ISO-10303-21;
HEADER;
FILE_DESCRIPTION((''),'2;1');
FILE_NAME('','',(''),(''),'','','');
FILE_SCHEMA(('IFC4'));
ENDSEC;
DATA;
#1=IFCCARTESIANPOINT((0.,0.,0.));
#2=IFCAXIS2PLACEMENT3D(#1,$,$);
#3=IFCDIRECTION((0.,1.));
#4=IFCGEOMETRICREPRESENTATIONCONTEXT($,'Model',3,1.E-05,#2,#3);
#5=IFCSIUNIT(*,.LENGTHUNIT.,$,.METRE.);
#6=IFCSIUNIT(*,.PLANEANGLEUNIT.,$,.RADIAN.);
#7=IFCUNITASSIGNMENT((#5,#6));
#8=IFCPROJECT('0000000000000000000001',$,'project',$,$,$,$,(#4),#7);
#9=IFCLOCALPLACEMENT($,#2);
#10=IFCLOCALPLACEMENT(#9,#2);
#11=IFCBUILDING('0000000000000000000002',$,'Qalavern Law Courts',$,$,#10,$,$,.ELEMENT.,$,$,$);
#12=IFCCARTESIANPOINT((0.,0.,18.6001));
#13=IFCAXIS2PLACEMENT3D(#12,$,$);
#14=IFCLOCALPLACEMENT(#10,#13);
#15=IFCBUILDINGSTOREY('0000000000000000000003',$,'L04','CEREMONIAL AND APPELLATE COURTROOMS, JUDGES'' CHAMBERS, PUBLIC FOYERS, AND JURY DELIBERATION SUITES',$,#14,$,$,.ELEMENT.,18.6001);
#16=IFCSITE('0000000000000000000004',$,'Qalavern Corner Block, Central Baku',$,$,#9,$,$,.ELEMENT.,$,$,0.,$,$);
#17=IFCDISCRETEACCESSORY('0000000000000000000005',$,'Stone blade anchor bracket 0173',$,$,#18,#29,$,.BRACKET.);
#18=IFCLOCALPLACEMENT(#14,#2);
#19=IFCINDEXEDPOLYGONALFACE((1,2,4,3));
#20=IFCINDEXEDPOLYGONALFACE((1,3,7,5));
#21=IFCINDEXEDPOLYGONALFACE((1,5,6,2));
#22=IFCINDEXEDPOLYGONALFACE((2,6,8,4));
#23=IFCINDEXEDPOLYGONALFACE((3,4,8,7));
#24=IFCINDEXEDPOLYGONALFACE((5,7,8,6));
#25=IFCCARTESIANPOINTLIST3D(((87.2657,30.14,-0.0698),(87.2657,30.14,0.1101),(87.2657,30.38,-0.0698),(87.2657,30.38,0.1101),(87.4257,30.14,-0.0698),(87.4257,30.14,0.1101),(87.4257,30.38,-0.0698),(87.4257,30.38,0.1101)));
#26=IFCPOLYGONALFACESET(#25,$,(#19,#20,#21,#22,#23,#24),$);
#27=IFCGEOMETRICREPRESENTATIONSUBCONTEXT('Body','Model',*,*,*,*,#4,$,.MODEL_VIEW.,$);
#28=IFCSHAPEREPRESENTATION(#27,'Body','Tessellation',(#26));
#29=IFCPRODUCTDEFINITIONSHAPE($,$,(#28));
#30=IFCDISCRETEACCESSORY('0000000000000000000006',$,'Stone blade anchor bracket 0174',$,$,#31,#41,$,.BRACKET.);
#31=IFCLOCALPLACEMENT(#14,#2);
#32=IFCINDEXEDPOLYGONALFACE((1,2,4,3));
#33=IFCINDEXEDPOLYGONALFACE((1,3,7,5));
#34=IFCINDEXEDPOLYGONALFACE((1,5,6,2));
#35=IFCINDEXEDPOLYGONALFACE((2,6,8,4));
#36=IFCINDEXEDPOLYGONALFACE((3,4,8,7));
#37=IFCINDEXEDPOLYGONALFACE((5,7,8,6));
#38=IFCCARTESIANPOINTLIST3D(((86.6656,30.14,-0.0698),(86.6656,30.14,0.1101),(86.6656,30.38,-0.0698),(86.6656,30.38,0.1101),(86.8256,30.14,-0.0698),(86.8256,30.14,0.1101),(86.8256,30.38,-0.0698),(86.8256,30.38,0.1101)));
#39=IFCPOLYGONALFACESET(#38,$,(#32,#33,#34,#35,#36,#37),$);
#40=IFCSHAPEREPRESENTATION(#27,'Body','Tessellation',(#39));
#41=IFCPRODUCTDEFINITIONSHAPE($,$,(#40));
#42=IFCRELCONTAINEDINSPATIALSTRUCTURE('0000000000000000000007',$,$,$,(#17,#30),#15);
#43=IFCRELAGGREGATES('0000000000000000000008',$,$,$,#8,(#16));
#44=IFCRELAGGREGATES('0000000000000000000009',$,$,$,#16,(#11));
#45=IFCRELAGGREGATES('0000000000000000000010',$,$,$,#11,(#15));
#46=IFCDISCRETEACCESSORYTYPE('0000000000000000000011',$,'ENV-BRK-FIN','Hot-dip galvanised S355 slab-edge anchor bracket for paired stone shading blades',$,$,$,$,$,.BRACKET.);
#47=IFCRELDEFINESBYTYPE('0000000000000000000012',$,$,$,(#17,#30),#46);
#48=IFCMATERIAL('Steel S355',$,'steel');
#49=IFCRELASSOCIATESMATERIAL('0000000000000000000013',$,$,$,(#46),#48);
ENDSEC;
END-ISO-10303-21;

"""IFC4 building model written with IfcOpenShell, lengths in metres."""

from ifc_helpers import new_model, si_unit, direction, frame, origin, origin_2d, place, context, subcontext, project, spatial, rectangle, extrude, material, type_object, element, save


model = new_model("IFC4")

# Units and contexts
model_context = context("Model", 3, precision=1e-05, world=origin(), true_north=direction((0.0, 1.0)))
body_context = subcontext(model_context, "Body", "Model", "MODEL_VIEW")
ifc_project = project(units=[si_unit("LENGTHUNIT", "METRE"), si_unit("PLANEANGLEUNIT", "RADIAN")], contexts=[model_context])

# Site, building, storey
site_placement = place(None, origin())
site = spatial("IfcSite", under=ifc_project, at=site_placement, Name="Qalavern Corner Block, Central Baku", CompositionType="ELEMENT", RefElevation=0.0)
building_placement = place(site_placement, origin())
building = spatial("IfcBuilding", under=site, at=building_placement, Name="Qalavern Law Courts", CompositionType="ELEMENT")
storey_placement = place(building_placement, frame((0.0, 0.0, 18.6001)))
storey = spatial("IfcBuildingStorey", under=building, at=storey_placement, Name="L04", Description="CEREMONIAL AND APPELLATE COURTROOMS, JUDGES' CHAMBERS, PUBLIC FOYERS, AND JURY DELIBERATION SUITES", CompositionType="ELEMENT", Elevation=18.6001)

# Shared definitions
ifc_material_1 = material(Name="Steel S355", Category="steel")

# Discrete accessories
discrete_accessory_type = type_object("IfcDiscreteAccessoryType", Name="ENV-BRK-FIN", Description="Hot-dip galvanised S355 slab-edge anchor bracket for paired stone shading blades", PredefinedType="BRACKET", material=ifc_material_1)
for number, where, z_axis, x_axis, name in (
    (1, (87.3457, 30.26, -0.0698), (0.0, 0.0, 1.0), (0.0, 1.0, 0.0), "Stone blade anchor bracket 0173"),
    (2, (86.7456, 30.26, -0.0698), (0.0, 0.0, 1.0), (0.0, 1.0, 0.0), "Stone blade anchor bracket 0174"),
):
    element("IfcDiscreteAccessory", number, at=place(storey_placement, frame(where, z_axis=z_axis, x_axis=x_axis)), inside=storey, type_object=discrete_accessory_type, Name=name, PredefinedType="BRACKET", context=body_context, shape_type="SweptSolid", body=[
        extrude(rectangle(XDim=0.24, YDim=0.1599, at=origin_2d()), origin(), (0.0, 0.0, 1.0), 0.1799),
    ])

save(model, "model.ifc")
